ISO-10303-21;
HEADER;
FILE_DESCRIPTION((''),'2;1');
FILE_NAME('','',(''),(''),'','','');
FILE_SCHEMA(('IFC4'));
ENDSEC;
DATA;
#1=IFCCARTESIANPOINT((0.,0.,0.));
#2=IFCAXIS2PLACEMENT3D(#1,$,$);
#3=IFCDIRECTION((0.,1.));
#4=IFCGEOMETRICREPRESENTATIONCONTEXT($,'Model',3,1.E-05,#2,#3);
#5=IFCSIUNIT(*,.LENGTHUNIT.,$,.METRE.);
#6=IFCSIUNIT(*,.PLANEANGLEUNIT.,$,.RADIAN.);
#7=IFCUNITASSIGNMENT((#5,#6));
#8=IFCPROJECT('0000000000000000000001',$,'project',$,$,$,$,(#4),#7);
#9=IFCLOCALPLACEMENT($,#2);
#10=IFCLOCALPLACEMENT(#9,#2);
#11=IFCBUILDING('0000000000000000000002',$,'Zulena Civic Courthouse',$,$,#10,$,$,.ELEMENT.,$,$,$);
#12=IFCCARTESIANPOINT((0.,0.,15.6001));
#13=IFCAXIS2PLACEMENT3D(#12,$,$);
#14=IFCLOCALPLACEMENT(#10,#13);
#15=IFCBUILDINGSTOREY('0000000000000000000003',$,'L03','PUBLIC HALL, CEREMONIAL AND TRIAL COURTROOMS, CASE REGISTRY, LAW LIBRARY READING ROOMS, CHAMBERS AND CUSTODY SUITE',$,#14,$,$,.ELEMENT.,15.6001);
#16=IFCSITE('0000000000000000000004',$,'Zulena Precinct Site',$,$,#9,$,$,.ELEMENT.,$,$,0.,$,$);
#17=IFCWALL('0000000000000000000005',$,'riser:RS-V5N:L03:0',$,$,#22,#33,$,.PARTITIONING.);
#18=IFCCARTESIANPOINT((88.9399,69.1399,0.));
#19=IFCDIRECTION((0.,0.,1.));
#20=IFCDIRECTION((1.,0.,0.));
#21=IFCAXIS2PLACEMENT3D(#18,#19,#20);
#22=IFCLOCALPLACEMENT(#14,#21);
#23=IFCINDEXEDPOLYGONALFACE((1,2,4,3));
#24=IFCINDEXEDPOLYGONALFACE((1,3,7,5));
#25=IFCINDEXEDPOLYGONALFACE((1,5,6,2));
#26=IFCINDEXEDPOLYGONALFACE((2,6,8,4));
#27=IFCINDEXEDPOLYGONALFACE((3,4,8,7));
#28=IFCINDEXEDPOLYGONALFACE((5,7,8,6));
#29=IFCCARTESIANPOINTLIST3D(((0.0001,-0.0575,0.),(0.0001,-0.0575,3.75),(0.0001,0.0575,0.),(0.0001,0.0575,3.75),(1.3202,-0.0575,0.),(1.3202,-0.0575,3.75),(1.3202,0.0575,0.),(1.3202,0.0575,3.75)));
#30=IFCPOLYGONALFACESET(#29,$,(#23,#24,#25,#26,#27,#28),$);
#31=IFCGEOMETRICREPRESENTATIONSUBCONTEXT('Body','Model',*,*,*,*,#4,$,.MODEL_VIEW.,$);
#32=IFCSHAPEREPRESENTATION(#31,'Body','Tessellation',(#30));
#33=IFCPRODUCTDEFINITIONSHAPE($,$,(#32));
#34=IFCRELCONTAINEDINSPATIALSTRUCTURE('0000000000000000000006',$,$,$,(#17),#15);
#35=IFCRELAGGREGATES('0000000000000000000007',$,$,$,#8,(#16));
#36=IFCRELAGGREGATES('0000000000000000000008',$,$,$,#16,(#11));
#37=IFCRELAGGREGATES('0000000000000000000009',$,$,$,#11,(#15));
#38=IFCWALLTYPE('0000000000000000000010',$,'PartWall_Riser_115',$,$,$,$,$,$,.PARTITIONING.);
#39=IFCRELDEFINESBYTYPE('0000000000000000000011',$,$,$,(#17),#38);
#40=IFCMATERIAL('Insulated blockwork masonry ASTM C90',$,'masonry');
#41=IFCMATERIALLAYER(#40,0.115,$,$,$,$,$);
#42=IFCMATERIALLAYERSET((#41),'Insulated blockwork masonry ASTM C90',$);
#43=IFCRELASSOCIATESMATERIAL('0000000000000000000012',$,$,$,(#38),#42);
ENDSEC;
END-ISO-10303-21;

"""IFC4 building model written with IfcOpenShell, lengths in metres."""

from ifc_helpers import new_model, si_unit, direction, frame, frame_2d, origin, place, context, subcontext, project, spatial, rectangle, extrude, material, layer, layer_set, type_object, element, save


model = new_model("IFC4")

# Units and contexts
model_context = context("Model", 3, precision=1e-05, world=origin(), true_north=direction((0.0, 1.0)))
body_context = subcontext(model_context, "Body", "Model", "MODEL_VIEW")
ifc_project = project(units=[si_unit("LENGTHUNIT", "METRE"), si_unit("PLANEANGLEUNIT", "RADIAN")], contexts=[model_context])

# Site, building, storey
site_placement = place(None, origin())
site = spatial("IfcSite", under=ifc_project, at=site_placement, Name="Zulena Precinct Site", CompositionType="ELEMENT", RefElevation=0.0)
building_placement = place(site_placement, origin())
building = spatial("IfcBuilding", under=site, at=building_placement, Name="Zulena Civic Courthouse", CompositionType="ELEMENT")
storey_placement = place(building_placement, frame((0.0, 0.0, 15.6001)))
storey = spatial("IfcBuildingStorey", under=building, at=storey_placement, Name="L03", Description="PUBLIC HALL, CEREMONIAL AND TRIAL COURTROOMS, CASE REGISTRY, LAW LIBRARY READING ROOMS, CHAMBERS AND CUSTODY SUITE", CompositionType="ELEMENT", Elevation=15.6001)

# Shared definitions
ifc_material_1 = material(Name="Insulated blockwork masonry ASTM C90", Category="masonry")

# Wall
ifc_layer_1 = layer(ifc_material_1, 0.115)
ifc_layer_set_1 = layer_set([ifc_layer_1], Name="Insulated blockwork masonry ASTM C90")
wall_type_1 = type_object("IfcWallType", Name="PartWall_Riser_115", PredefinedType="PARTITIONING", material=ifc_layer_set_1)
for number, where, z_axis, x_axis, name in (
    (1, (88.9399, 69.1399, 0.0), (0.0, 0.0, 1.0), (1.0, 0.0, 0.0), "riser:RS-V5N:L03:0"),
):
    element("IfcWall", number, at=place(storey_placement, frame(where, z_axis=z_axis, x_axis=x_axis)), inside=storey, type_object=wall_type_1, Name=name, PredefinedType="PARTITIONING", context=body_context, shape_type="SweptSolid", body=[
        extrude(rectangle(XDim=1.3201, YDim=0.115, at=frame_2d((0.6602, 0.0))), origin(), (0.0, 0.0, 1.0), 3.75),
    ])

save(model, "model.ifc")
